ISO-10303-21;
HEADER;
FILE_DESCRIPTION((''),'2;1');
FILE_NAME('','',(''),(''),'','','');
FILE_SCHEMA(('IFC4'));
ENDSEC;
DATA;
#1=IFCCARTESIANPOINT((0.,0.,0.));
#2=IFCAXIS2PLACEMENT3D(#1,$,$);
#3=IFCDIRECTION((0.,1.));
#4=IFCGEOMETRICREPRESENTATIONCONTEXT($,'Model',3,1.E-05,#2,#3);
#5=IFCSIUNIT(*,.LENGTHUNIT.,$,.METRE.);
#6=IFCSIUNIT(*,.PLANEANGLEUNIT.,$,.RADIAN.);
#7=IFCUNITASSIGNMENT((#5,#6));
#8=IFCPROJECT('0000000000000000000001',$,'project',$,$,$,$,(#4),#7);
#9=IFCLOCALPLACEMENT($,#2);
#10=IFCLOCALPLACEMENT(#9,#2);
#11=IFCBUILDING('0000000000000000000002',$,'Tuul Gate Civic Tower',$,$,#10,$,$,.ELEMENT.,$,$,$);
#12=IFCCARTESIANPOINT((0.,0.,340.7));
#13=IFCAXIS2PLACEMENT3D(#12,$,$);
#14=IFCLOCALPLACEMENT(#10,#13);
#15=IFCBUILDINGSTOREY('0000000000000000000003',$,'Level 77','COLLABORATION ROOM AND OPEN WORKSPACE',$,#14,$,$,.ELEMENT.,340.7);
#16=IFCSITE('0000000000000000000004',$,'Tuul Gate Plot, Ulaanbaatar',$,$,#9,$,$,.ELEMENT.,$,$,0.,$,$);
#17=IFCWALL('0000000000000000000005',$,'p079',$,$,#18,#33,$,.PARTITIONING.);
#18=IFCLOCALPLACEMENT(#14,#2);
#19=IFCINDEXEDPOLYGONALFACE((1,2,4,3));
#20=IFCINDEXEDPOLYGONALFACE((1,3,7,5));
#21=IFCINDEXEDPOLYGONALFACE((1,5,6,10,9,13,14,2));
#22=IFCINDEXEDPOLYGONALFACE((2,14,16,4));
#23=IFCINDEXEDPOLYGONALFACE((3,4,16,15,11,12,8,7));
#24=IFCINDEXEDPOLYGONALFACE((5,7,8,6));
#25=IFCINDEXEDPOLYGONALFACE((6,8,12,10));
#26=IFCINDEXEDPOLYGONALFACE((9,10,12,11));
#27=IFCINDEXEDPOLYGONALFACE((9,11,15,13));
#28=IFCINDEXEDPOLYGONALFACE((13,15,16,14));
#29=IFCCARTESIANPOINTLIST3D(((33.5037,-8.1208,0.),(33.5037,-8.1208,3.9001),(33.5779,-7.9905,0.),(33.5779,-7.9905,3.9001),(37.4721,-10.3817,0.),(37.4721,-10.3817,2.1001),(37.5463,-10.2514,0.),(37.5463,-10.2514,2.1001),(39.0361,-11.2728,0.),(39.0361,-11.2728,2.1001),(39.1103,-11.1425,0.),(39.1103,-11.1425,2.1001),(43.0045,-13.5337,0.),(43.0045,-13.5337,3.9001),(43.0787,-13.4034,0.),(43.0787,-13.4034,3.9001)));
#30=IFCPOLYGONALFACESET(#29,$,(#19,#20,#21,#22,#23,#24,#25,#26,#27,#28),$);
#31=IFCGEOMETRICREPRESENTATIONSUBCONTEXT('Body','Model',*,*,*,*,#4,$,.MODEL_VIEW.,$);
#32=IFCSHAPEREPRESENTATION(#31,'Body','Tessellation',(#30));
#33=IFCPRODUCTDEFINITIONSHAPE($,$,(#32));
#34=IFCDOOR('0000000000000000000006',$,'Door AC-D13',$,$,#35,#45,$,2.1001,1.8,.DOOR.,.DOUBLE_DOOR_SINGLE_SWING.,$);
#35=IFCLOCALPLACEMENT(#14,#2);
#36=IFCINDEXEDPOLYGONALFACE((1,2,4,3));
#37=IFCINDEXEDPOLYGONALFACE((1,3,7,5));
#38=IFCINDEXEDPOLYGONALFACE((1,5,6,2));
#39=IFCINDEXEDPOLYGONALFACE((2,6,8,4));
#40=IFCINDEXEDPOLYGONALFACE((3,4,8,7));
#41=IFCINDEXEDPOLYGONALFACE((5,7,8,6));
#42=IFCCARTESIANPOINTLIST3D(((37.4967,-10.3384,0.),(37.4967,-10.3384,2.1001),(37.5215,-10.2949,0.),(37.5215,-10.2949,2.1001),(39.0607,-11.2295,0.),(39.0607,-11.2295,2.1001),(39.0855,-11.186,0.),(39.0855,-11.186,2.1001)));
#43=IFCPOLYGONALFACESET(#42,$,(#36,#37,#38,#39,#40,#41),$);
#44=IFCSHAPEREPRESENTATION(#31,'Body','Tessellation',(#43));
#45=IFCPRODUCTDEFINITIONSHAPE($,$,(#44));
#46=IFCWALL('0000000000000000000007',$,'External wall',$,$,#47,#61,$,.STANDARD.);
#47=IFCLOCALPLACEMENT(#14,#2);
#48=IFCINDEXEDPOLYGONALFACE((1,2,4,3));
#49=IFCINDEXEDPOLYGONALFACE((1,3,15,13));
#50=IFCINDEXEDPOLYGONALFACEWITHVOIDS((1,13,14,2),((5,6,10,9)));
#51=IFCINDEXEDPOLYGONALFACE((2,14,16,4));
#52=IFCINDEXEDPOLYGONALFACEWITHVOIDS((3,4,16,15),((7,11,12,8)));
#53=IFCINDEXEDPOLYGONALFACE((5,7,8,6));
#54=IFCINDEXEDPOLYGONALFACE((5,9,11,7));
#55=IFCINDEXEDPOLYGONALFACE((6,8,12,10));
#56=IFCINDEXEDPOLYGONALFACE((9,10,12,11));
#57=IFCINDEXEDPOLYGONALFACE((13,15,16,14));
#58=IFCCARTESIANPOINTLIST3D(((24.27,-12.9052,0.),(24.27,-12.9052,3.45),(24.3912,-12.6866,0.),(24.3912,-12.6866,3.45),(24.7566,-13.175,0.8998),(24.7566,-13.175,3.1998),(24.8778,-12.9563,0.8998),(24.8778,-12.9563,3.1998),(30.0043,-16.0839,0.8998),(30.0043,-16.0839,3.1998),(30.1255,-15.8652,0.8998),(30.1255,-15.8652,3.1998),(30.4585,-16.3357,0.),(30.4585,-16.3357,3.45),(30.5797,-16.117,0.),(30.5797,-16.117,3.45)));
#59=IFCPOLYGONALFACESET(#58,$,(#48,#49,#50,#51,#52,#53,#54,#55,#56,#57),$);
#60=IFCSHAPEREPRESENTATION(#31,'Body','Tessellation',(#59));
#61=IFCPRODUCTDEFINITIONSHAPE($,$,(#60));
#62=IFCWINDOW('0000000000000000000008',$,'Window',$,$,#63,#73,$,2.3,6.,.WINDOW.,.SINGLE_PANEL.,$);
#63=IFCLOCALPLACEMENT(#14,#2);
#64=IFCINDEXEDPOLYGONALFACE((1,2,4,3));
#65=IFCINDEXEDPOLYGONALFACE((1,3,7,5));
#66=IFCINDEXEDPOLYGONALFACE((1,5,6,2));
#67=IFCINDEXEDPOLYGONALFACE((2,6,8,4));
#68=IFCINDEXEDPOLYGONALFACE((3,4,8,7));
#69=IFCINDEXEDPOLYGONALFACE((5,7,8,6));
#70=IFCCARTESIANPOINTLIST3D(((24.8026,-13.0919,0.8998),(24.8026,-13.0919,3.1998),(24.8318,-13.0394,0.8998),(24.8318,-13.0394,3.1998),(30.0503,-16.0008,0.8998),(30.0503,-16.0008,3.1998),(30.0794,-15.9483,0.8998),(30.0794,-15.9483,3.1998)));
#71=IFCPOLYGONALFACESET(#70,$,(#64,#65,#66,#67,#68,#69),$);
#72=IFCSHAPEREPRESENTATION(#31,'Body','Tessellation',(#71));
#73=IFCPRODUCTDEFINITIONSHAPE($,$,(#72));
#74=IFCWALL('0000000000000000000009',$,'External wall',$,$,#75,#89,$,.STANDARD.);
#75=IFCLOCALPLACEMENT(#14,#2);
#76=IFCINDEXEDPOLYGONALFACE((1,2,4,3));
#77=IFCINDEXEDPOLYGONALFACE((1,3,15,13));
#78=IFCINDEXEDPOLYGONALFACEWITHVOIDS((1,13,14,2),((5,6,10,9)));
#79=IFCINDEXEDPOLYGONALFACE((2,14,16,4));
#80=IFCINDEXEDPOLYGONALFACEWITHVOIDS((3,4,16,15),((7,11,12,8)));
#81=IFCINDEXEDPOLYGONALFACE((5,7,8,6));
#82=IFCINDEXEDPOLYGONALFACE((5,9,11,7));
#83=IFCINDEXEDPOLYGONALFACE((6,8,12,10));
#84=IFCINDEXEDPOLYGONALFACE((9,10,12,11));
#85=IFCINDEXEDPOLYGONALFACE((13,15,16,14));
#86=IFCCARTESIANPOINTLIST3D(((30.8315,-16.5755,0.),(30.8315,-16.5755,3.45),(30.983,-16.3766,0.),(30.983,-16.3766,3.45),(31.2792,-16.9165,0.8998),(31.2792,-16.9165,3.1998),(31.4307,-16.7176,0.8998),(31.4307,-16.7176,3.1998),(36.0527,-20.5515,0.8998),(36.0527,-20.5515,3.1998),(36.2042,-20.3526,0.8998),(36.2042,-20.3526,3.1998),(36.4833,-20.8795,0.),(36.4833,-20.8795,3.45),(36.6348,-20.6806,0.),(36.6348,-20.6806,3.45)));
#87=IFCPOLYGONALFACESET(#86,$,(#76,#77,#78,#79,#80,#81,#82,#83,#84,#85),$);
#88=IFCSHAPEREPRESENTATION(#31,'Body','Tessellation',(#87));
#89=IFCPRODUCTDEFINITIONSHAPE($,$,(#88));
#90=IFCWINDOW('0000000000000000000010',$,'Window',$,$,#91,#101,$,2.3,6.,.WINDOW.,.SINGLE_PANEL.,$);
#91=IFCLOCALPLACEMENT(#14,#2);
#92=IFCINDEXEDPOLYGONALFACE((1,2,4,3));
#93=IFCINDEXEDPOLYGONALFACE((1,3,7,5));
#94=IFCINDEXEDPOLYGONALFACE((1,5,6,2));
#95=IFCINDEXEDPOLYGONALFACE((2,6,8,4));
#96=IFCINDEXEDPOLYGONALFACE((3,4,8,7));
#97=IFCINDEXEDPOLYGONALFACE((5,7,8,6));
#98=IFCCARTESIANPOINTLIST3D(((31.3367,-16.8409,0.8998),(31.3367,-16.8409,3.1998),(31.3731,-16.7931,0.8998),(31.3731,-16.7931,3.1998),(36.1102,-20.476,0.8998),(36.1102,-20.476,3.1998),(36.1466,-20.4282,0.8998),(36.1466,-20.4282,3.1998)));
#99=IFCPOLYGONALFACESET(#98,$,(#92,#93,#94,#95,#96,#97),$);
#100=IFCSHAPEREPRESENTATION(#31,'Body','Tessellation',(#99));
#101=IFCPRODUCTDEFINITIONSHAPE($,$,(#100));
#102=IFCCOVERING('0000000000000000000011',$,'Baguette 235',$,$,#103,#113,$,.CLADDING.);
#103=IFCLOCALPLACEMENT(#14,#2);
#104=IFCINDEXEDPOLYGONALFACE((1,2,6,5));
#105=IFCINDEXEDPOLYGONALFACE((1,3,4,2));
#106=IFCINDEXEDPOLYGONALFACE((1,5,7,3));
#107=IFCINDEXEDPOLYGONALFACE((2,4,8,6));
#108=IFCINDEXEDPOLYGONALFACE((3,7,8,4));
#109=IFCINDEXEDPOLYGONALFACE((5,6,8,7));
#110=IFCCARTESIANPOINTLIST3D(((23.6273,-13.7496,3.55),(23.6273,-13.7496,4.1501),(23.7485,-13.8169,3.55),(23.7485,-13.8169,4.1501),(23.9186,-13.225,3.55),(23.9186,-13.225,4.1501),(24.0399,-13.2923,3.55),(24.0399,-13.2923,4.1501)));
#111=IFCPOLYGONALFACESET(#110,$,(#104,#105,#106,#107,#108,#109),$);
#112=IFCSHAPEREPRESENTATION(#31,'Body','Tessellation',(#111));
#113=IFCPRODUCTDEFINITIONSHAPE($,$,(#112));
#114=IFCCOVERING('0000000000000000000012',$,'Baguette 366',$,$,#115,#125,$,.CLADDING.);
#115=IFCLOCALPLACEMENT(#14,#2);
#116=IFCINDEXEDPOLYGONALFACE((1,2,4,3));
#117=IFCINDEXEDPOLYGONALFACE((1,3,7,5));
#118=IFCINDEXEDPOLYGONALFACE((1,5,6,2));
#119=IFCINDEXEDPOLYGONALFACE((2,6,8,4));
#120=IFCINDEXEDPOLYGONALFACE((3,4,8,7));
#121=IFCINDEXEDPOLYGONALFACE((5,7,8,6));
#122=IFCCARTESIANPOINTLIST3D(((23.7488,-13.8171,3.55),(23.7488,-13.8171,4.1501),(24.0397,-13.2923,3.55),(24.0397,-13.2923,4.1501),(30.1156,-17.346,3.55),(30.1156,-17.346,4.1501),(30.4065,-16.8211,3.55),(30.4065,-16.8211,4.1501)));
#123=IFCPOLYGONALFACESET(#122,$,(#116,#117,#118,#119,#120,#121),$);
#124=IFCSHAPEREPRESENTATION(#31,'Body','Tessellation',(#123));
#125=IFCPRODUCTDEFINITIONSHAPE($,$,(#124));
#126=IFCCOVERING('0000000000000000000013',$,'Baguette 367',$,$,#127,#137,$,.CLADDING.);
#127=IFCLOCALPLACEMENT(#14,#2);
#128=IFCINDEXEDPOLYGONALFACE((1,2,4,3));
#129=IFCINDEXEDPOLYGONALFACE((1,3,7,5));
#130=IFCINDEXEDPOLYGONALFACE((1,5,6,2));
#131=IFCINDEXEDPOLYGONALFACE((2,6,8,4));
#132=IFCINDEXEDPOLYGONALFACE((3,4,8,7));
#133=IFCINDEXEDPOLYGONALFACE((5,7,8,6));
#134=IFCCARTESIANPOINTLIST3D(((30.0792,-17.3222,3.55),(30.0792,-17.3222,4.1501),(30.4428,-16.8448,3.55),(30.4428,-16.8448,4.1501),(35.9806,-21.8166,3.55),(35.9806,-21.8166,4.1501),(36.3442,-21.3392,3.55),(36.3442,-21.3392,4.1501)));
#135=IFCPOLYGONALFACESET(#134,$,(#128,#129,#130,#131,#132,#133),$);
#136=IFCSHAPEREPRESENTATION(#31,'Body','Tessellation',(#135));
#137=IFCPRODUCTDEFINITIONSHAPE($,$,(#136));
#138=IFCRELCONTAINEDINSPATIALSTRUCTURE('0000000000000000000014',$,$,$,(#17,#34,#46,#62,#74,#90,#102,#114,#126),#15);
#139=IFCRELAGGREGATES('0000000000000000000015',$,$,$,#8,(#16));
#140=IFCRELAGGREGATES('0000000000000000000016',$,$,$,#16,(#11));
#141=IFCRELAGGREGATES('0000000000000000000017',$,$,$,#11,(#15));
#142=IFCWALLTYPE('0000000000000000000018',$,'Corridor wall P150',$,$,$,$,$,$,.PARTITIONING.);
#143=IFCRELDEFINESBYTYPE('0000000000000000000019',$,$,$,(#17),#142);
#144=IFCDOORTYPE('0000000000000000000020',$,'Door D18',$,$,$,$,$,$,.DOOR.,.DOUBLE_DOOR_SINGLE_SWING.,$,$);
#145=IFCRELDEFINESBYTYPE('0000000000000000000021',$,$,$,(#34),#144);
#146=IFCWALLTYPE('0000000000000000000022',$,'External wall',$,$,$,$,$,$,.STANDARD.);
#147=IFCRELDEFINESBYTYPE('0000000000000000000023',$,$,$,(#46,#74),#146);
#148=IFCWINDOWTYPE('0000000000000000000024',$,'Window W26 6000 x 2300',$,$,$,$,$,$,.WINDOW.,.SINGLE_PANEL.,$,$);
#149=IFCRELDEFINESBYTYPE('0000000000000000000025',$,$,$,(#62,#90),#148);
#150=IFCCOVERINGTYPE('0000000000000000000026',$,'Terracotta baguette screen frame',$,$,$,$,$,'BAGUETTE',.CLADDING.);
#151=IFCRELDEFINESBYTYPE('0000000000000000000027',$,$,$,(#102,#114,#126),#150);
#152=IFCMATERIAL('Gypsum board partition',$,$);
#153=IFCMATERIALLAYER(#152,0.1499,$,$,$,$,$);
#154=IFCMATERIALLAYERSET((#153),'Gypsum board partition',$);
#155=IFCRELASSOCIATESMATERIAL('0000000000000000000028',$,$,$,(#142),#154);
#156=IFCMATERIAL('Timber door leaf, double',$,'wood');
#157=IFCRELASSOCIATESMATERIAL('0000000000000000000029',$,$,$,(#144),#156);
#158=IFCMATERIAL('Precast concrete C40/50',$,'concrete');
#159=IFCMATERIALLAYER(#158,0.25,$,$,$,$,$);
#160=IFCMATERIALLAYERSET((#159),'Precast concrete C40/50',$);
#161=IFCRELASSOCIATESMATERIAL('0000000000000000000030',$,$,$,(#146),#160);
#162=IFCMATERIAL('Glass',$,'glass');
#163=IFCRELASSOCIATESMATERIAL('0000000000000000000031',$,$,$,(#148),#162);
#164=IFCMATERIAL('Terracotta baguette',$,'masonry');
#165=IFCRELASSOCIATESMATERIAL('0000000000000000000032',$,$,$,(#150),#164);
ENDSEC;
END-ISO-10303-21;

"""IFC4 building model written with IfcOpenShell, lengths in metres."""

from ifc_helpers import new_model, si_unit, direction, frame, frame_2d, origin, origin_2d, place, context, subcontext, project, spatial, rectangle, extrude, material, layer, layer_set, material_profile, profile_set, type_object, element, fill, save


model = new_model("IFC4")

# Units and contexts
model_context = context("Model", 3, precision=1e-05, world=origin(), true_north=direction((0.0, 1.0)))
body_context = subcontext(model_context, "Body", "Model", "MODEL_VIEW")
ifc_project = project(units=[si_unit("LENGTHUNIT", "METRE"), si_unit("PLANEANGLEUNIT", "RADIAN")], contexts=[model_context])

# Site, building, storey
site_placement = place(None, origin())
site = spatial("IfcSite", under=ifc_project, at=site_placement, Name="Tuul Gate Plot, Ulaanbaatar", CompositionType="ELEMENT", RefElevation=0.0)
building_placement = place(site_placement, origin())
building = spatial("IfcBuilding", under=site, at=building_placement, Name="Tuul Gate Civic Tower", CompositionType="ELEMENT")
storey_placement = place(building_placement, frame((0.0, 0.0, 340.7)))
storey = spatial("IfcBuildingStorey", under=building, at=storey_placement, Name="Level 77", Description="COLLABORATION ROOM AND OPEN WORKSPACE", CompositionType="ELEMENT", Elevation=340.7)

# Shared definitions
ifc_material_1 = material(Name="Gypsum board partition")
ifc_layer_1 = layer(ifc_material_1, 0.1499)
ifc_layer_set_1 = layer_set([ifc_layer_1], Name="Gypsum board partition")
wall_type_1 = type_object("IfcWallType", Name="Corridor wall P150", PredefinedType="PARTITIONING", material=ifc_layer_set_1)

# Wall, opening, door
wall_1_placement = place(storey_placement, frame((33.5408, -8.0557, 0.0), z_axis=(0.0, 0.0, 1.0), x_axis=(0.868879, -0.495025, 0.0)))
wall_1 = element("IfcWall", 1, at=wall_1_placement, inside=storey, type_object=wall_type_1, Name="p079", PredefinedType="PARTITIONING", context=body_context, shape_type="SweptSolid", body=[
    extrude(rectangle(XDim=10.9346, YDim=0.1499, at=frame_2d((5.4673, 0.0))), origin(), (0.0, 0.0, 1.0), 3.9001),
])
opening_1_placement = place(wall_1_placement, frame((4.5674, 0.0, 0.0)))
opening_1 = element("IfcOpeningElement", 2, at=opening_1_placement, cuts=wall_1, PredefinedType="OPENING", context=body_context, shape_type="SweptSolid", body=[
    extrude(rectangle(XDim=1.8, YDim=2.1001, at=frame_2d((0.8999, 1.05))), frame((0.0, 0.085, 0.0), z_axis=(0.0, -1.0, 0.0), x_axis=(1.0, 0.0, 0.0)), (0.0, 0.0, 1.0), 0.1699),
])
ifc_material_2 = material(Name="Timber door leaf, double", Category="wood")
door_type_1 = type_object("IfcDoorType", Name="Door D18", OperationType="DOUBLE_DOOR_SINGLE_SWING", PredefinedType="DOOR", material=ifc_material_2)
door_1_placement = place(opening_1_placement, origin())
door_1 = element("IfcDoor", 3, at=door_1_placement, inside=storey, type_object=door_type_1, Name="Door AC-D13", OperationType="DOUBLE_DOOR_SINGLE_SWING", OverallHeight=2.1001, OverallWidth=1.8, PredefinedType="DOOR", context=body_context, shape_type="SweptSolid", body=[
    extrude(rectangle(XDim=1.8, YDim=2.1001, at=frame_2d((0.8999, 1.05))), frame((0.0, 0.0249, 0.0), z_axis=(0.0, -1.0, 0.0), x_axis=(1.0, 0.0, 0.0)), (0.0, 0.0, 1.0), 0.05),
])
fill(opening_1, door_1)

# Walls, openings, windows
ifc_material_3 = material(Name="Precast concrete C40/50", Category="concrete")
ifc_layer_2 = layer(ifc_material_3, 0.25)
ifc_layer_set_2 = layer_set([ifc_layer_2], Name="Precast concrete C40/50")
wall_type_2 = type_object("IfcWallType", Name="External wall", PredefinedType="STANDARD", material=ifc_layer_set_2)
wall_2_placement = place(storey_placement, frame((24.3306, -12.7959, 0.0), z_axis=(0.0, 0.0, 1.0), x_axis=(0.874614, -0.484819, 0.0)))
wall_2 = element("IfcWall", 4, at=wall_2_placement, inside=storey, type_object=wall_type_2, Name="External wall", PredefinedType="STANDARD", context=body_context, shape_type="SweptSolid", body=[
    extrude(rectangle(XDim=7.0757, YDim=0.25, at=frame_2d((3.5378, 0.0))), origin(), (0.0, 0.0, 1.0), 3.45),
])
opening_2_placement = place(wall_2_placement, frame((0.5564, 0.0, 0.8999)))
opening_2 = element("IfcOpeningElement", 5, at=opening_2_placement, cuts=wall_2, PredefinedType="OPENING", context=body_context, shape_type="SweptSolid", body=[
    extrude(rectangle(XDim=6.0, YDim=2.3, at=frame_2d((3.0, 1.1499))), frame((0.0, 0.135, 0.0), z_axis=(0.0, -1.0, 0.0), x_axis=(1.0, 0.0, 0.0)), (0.0, 0.0, 1.0), 0.27),
])
ifc_material_4 = material(Name="Glass", Category="glass")
window_type = type_object("IfcWindowType", Name="Window W26 6000 x 2300", PartitioningType="SINGLE_PANEL", PredefinedType="WINDOW", material=ifc_material_4)
window_1_placement = place(opening_2_placement, origin())
window_1 = element("IfcWindow", 6, at=window_1_placement, inside=storey, type_object=window_type, Name="Window", OverallHeight=2.3, OverallWidth=6.0, PartitioningType="SINGLE_PANEL", PredefinedType="WINDOW", context=body_context, shape_type="SweptSolid", body=[
    extrude(rectangle(XDim=6.0, YDim=2.3, at=frame_2d((3.0, 1.1499))), frame((0.0, 0.03, 0.0), z_axis=(0.0, -1.0, 0.0), x_axis=(1.0, 0.0, 0.0)), (0.0, 0.0, 1.0), 0.0601),
])
fill(opening_2, window_1)
wall_3_placement = place(storey_placement, frame((30.9072, -16.4761, 0.0), z_axis=(0.0, 0.0, 1.0), x_axis=(0.795582, -0.605845, 0.0)))
wall_3 = element("IfcWall", 7, at=wall_3_placement, inside=storey, type_object=wall_type_2, Name="External wall", PredefinedType="STANDARD", context=body_context, shape_type="SweptSolid", body=[
    extrude(rectangle(XDim=7.104, YDim=0.25, at=frame_2d((3.552, 0.0))), origin(), (0.0, 0.0, 1.0), 3.45),
])
opening_3_placement = place(wall_3_placement, frame((0.5627, 0.0, 0.8999)))
opening_3 = element("IfcOpeningElement", 8, at=opening_3_placement, cuts=wall_3, PredefinedType="OPENING", context=body_context, shape_type="SweptSolid", body=[
    extrude(rectangle(XDim=6.0, YDim=2.3, at=frame_2d((3.0, 1.1499))), frame((0.0, 0.135, 0.0), z_axis=(0.0, -1.0, 0.0), x_axis=(1.0, 0.0, 0.0)), (0.0, 0.0, 1.0), 0.27),
])
window_2_placement = place(opening_3_placement, origin())
window_2 = element("IfcWindow", 9, at=window_2_placement, inside=storey, type_object=window_type, Name="Window", OverallHeight=2.3, OverallWidth=6.0, PartitioningType="SINGLE_PANEL", PredefinedType="WINDOW", context=body_context, shape_type="SweptSolid", body=[
    extrude(rectangle(XDim=6.0, YDim=2.3, at=frame_2d((3.0, 1.1499))), frame((0.0, 0.03, 0.0), z_axis=(0.0, -1.0, 0.0), x_axis=(1.0, 0.0, 0.0)), (0.0, 0.0, 1.0), 0.0601),
])
fill(opening_3, window_2)

# Coverings
ifc_material_5 = material(Name="Terracotta baguette", Category="masonry")
ifc_material_profile_1 = material_profile(ifc_material_5, rectangle(XDim=0.6001, YDim=0.6001, at=origin_2d()), Name="Terracotta baguette screen frame")
ifc_profile_set_1 = profile_set([ifc_material_profile_1], Name="Terracotta baguette")
covering_type = type_object("IfcCoveringType", Name="Terracotta baguette screen frame", ElementType="BAGUETTE", PredefinedType="CLADDING", material=ifc_profile_set_1)
covering_1_placement = place(storey_placement, frame((23.7729, -13.4873, 3.8501), z_axis=(0.87424, -0.485494, 0.0), x_axis=(0.485494, 0.87424, 0.0)))
element("IfcCovering", 10, at=covering_1_placement, inside=storey, type_object=covering_type, Name="Baguette 235", PredefinedType="CLADDING", context=body_context, shape_type="SweptSolid", body=[
    extrude(rectangle(XDim=0.6001, YDim=0.6001, at=origin_2d()), origin(), (0.0, 0.0, 1.0), 0.1387),
])
covering_2_placement = place(storey_placement, frame((23.8943, -13.5547, 3.8501), z_axis=(0.874638, -0.484777, 0.0), x_axis=(0.484777, 0.874638, 0.0)))
element("IfcCovering", 11, at=covering_2_placement, inside=storey, type_object=covering_type, Name="Baguette 366", PredefinedType="CLADDING", context=body_context, shape_type="SweptSolid", body=[
    extrude(rectangle(XDim=0.6001, YDim=0.6001, at=origin_2d()), origin(), (0.0, 0.0, 1.0), 7.2793),
])
covering_3_placement = place(storey_placement, frame((30.261, -17.0835, 3.8501), z_axis=(0.795555, -0.605882, 0.0), x_axis=(0.605882, 0.795555, 0.0)))
element("IfcCovering", 12, at=covering_3_placement, inside=storey, type_object=covering_type, Name="Baguette 367", PredefinedType="CLADDING", context=body_context, shape_type="SweptSolid", body=[
    extrude(rectangle(XDim=0.6001, YDim=0.6001, at=origin_2d()), origin(), (0.0, 0.0, 1.0), 7.418),
])

save(model, "model.ifc")
